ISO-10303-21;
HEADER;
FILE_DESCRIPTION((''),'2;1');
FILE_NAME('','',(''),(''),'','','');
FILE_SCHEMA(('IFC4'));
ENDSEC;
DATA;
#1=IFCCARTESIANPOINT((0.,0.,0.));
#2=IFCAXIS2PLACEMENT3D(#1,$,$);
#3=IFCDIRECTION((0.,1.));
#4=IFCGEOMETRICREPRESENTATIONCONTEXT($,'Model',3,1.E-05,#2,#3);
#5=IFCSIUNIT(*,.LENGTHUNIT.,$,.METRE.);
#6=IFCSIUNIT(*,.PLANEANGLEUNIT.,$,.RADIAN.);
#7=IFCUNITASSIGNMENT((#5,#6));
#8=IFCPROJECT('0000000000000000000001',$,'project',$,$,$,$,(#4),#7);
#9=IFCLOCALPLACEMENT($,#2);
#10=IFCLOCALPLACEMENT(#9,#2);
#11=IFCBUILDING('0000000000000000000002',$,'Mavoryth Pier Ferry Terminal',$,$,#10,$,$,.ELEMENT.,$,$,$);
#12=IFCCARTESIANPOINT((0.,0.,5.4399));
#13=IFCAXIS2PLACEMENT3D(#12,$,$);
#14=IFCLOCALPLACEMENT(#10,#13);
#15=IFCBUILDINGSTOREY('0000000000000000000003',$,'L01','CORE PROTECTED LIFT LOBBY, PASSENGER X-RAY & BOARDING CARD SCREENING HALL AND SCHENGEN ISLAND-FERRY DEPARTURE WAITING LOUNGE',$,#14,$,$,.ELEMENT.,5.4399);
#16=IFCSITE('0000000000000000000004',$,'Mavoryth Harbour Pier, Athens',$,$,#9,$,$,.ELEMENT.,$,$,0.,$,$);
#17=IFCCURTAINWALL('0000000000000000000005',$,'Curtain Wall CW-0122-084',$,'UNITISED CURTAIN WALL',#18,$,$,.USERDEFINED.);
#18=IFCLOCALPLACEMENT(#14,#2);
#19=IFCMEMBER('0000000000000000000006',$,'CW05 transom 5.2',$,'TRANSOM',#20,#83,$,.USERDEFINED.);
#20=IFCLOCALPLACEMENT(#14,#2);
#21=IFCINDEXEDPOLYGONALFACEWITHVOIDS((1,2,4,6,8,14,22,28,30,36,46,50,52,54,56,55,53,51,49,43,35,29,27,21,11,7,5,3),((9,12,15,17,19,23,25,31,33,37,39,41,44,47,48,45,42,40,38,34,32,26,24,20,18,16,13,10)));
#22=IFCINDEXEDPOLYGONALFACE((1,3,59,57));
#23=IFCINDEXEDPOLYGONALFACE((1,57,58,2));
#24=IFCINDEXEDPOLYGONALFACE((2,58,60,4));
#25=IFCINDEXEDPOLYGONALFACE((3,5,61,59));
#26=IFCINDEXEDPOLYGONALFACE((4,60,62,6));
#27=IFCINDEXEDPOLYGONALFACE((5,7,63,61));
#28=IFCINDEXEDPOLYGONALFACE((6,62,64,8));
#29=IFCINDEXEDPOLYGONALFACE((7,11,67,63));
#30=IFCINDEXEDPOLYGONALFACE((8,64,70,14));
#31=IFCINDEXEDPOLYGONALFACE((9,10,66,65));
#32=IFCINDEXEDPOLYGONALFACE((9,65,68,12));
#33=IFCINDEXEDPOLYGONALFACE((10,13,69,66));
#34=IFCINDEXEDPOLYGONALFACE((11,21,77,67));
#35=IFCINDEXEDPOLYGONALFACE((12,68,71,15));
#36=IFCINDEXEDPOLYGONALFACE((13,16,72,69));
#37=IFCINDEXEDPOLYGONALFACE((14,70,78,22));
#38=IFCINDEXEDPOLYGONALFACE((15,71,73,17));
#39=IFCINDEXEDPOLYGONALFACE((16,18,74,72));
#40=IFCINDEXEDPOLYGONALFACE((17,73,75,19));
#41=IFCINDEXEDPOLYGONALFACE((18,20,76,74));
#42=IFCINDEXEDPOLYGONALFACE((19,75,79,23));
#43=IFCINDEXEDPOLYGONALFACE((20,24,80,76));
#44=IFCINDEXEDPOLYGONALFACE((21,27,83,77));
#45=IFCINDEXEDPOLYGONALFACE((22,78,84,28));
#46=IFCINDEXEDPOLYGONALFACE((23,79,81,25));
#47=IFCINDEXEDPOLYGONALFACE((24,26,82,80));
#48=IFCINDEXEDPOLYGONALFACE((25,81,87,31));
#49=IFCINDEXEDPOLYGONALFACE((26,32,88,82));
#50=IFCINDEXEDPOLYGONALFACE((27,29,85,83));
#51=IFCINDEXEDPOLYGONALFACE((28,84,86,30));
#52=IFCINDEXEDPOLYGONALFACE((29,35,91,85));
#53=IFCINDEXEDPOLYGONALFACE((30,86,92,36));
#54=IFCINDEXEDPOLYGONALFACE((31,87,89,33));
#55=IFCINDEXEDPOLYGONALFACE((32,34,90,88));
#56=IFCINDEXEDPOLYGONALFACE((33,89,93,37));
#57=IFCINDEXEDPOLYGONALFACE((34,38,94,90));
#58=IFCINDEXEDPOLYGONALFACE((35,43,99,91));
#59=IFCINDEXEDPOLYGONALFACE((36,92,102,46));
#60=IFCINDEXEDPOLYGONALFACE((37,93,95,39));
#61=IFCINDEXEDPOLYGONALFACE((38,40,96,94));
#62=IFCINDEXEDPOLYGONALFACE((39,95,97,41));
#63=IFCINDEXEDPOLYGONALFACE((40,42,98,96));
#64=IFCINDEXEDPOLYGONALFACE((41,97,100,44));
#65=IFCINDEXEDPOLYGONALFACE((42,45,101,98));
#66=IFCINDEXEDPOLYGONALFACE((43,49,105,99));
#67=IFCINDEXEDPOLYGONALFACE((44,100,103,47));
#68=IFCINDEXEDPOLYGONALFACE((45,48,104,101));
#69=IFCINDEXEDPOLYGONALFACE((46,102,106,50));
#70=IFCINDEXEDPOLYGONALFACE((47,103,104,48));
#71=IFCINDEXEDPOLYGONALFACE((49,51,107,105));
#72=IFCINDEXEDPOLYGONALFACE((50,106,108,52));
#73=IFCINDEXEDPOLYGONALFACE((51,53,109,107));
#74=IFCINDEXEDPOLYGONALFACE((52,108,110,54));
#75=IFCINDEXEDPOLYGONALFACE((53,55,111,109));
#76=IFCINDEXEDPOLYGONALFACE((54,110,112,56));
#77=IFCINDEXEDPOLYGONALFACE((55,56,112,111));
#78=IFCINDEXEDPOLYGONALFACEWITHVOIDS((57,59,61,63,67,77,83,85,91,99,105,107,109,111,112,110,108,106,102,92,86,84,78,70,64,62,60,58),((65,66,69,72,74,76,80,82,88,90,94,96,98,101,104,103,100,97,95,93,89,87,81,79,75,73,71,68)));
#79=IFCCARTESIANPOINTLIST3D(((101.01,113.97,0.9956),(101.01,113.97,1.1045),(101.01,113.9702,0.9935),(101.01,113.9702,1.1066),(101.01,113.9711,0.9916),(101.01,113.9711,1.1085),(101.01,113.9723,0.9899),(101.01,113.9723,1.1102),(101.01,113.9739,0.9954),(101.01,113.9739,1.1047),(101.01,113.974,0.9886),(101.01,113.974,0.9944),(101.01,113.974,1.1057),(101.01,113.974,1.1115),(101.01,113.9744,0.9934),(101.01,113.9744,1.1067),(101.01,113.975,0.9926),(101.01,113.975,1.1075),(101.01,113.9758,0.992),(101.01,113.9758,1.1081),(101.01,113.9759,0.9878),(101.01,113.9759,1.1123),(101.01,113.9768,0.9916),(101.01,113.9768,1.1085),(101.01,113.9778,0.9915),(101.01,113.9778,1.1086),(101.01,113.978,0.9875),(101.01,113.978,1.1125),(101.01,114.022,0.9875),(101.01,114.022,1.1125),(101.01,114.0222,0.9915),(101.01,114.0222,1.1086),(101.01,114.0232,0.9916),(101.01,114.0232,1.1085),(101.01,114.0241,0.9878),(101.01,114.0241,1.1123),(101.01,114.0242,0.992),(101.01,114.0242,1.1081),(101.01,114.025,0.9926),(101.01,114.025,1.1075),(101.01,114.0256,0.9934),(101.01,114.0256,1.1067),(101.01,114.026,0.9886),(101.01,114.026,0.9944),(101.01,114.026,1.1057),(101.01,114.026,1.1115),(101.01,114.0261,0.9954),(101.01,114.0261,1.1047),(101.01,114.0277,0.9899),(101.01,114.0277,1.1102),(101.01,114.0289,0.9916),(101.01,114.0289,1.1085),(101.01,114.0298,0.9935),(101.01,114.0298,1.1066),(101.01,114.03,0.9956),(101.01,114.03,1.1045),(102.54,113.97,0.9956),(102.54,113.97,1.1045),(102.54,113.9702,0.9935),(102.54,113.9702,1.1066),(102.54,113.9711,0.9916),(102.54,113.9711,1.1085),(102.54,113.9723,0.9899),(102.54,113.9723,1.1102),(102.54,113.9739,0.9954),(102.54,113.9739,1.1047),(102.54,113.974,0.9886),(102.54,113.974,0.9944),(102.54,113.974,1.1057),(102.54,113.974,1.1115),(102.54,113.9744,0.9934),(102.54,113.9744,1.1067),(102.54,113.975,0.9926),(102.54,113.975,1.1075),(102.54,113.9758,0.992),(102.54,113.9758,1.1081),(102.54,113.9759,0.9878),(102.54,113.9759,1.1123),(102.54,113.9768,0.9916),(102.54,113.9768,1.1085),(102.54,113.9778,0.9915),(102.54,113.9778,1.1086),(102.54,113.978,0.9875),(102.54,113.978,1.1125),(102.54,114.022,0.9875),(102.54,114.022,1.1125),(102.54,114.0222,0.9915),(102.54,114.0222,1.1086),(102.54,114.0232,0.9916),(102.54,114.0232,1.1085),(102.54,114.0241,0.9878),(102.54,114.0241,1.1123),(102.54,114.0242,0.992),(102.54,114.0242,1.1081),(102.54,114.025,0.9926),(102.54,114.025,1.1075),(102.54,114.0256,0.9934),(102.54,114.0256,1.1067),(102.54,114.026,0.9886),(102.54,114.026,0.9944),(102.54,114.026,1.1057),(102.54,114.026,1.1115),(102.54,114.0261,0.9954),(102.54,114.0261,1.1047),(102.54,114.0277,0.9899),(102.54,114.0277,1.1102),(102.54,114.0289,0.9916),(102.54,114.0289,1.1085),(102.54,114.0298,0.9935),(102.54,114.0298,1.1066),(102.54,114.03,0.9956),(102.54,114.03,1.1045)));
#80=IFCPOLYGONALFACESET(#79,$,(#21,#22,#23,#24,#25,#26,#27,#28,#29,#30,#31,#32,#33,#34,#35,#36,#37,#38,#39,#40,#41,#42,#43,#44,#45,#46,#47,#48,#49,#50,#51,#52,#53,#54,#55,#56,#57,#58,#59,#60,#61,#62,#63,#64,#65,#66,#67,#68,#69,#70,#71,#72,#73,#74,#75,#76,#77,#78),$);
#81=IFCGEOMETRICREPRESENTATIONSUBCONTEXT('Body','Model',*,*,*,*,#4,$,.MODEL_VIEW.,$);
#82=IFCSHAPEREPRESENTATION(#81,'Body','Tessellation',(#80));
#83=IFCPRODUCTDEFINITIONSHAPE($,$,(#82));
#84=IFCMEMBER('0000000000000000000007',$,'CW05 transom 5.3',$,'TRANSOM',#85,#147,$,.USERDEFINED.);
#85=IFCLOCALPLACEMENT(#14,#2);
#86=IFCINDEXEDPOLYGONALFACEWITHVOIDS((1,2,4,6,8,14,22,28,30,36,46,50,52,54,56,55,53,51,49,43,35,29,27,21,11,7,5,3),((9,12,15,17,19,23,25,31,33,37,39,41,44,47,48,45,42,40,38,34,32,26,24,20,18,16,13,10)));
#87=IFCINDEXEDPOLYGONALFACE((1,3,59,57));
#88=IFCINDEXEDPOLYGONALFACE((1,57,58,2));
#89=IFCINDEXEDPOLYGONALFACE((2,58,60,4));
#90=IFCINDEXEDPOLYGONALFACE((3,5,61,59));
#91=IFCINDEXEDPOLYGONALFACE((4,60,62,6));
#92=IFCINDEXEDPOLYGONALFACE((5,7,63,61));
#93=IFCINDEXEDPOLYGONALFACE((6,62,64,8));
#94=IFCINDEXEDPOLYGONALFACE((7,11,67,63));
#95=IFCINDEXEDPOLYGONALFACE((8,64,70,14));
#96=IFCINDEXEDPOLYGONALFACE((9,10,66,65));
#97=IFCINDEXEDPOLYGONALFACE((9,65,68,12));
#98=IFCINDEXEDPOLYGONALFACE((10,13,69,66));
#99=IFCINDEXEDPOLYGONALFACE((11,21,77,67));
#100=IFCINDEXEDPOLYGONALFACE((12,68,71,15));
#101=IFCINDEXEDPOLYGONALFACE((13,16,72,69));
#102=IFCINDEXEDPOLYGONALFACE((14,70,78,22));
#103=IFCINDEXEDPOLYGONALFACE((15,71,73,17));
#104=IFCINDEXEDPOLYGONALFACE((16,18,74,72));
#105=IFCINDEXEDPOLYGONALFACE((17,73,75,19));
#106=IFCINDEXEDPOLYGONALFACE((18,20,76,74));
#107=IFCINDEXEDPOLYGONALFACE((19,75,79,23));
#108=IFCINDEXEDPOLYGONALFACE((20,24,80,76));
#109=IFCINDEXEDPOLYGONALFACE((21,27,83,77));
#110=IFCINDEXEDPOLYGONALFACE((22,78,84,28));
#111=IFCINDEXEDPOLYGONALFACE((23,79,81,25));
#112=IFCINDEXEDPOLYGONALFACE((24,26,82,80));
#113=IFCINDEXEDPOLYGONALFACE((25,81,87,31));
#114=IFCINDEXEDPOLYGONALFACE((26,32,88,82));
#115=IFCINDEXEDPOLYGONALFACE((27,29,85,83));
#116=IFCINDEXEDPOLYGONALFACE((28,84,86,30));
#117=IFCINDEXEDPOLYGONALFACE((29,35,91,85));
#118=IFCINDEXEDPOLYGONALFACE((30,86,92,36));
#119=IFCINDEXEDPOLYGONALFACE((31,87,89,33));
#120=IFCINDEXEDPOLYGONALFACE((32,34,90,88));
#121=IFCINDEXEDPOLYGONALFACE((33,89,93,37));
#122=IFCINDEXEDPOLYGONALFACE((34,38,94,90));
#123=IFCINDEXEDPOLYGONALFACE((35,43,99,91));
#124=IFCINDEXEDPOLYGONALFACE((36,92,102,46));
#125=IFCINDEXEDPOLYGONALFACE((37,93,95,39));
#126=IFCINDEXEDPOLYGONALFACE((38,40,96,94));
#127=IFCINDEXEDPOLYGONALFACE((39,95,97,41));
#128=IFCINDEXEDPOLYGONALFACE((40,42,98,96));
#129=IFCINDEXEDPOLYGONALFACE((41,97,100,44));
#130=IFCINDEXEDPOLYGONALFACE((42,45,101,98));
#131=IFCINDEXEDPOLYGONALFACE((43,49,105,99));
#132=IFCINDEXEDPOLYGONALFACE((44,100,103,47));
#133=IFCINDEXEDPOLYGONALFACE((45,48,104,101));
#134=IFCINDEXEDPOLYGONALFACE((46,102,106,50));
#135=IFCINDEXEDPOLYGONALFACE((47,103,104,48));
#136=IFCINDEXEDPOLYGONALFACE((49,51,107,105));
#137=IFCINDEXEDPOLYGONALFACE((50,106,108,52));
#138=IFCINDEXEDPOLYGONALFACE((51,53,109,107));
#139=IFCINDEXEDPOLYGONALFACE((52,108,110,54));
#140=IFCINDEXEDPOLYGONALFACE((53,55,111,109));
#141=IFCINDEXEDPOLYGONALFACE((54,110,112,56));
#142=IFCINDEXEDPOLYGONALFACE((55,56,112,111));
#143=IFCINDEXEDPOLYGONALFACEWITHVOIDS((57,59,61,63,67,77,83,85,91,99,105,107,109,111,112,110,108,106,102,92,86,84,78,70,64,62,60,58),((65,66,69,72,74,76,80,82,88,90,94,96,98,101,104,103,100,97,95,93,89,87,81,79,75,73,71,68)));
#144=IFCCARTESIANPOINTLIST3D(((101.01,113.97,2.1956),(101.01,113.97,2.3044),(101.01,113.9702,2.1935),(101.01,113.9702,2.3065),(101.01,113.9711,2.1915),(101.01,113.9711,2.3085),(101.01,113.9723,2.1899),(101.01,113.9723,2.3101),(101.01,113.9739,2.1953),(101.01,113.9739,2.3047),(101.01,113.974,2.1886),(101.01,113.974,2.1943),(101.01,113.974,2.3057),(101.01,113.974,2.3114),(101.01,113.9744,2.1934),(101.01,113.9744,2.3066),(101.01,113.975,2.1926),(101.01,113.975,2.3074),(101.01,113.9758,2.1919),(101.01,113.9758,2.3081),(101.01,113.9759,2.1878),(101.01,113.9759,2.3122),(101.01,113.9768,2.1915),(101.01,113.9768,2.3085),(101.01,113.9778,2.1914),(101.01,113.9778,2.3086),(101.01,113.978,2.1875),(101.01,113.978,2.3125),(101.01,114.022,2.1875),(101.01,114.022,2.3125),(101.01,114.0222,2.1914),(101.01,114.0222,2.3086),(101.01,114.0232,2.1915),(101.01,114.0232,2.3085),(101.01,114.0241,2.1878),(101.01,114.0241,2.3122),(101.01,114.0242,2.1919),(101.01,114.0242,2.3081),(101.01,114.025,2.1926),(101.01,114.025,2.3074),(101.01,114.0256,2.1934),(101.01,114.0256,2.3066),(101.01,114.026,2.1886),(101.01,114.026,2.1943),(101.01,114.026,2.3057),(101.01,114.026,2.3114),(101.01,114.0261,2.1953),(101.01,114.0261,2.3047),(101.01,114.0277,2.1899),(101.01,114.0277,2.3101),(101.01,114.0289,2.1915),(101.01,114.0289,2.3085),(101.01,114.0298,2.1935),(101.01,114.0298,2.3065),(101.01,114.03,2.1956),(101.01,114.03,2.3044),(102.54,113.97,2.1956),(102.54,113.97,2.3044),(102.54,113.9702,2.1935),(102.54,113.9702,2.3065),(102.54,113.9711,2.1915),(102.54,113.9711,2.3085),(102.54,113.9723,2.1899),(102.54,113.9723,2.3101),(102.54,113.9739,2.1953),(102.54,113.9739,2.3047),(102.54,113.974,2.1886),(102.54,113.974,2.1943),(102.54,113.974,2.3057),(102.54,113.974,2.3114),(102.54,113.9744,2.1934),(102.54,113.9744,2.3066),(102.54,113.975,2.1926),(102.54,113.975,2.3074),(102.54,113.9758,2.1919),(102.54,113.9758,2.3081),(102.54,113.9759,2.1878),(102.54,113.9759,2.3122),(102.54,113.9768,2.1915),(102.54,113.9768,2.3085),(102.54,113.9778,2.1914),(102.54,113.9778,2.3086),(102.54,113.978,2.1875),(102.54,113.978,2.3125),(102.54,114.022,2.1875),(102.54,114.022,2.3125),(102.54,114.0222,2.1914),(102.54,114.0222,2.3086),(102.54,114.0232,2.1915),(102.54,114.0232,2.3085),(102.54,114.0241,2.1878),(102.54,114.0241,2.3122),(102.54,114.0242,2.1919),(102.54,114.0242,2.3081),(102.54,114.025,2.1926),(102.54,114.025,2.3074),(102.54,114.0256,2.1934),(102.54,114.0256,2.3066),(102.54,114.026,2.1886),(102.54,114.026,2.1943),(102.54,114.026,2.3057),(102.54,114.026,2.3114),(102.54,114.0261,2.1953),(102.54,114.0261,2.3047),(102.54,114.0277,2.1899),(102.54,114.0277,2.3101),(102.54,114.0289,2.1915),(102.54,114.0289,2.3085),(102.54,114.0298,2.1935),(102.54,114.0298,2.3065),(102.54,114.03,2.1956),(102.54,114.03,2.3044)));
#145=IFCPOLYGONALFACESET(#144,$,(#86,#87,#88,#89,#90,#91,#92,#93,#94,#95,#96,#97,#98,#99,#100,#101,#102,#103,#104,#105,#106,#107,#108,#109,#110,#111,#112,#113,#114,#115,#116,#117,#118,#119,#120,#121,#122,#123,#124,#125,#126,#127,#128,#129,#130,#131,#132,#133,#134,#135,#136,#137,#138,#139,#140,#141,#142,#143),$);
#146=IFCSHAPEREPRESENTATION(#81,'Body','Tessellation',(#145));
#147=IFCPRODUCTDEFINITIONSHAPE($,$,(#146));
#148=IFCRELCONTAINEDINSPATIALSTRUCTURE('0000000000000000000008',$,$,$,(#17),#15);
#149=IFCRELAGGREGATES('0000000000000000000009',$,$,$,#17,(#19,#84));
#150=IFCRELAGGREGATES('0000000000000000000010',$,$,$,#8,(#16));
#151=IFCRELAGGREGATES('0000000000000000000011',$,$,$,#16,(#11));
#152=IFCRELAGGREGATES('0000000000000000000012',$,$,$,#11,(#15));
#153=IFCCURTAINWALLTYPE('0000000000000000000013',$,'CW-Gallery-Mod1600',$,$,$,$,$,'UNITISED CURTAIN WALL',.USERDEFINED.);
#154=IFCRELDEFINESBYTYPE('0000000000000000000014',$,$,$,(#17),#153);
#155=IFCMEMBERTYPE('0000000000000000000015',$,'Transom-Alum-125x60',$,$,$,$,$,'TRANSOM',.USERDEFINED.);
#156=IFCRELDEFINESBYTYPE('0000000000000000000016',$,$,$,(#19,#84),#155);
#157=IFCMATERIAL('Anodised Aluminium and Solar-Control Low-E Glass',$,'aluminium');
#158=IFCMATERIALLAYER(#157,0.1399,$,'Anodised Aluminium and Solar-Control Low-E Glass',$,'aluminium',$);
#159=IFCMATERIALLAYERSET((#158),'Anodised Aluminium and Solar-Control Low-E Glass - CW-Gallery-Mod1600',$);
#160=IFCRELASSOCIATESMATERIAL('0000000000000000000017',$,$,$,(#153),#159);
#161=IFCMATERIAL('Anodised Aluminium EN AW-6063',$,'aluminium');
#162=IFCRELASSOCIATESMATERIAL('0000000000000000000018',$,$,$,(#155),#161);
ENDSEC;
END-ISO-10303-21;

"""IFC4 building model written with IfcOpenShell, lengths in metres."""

from ifc_helpers import new_model, si_unit, direction, frame, origin, origin_2d, place, context, subcontext, project, spatial, hollow_rectangle, extrude, material, layer, layer_set, material_profile, profile_set, type_object, element, aggregate, save


model = new_model("IFC4")

# Units and contexts
model_context = context("Model", 3, precision=1e-05, world=origin(), true_north=direction((0.0, 1.0)))
body_context = subcontext(model_context, "Body", "Model", "MODEL_VIEW")
ifc_project = project(units=[si_unit("LENGTHUNIT", "METRE"), si_unit("PLANEANGLEUNIT", "RADIAN")], contexts=[model_context])

# Site, building, storey
site_placement = place(None, origin())
site = spatial("IfcSite", under=ifc_project, at=site_placement, Name="Mavoryth Harbour Pier, Athens", CompositionType="ELEMENT", RefElevation=0.0)
building_placement = place(site_placement, origin())
building = spatial("IfcBuilding", under=site, at=building_placement, Name="Mavoryth Pier Ferry Terminal", CompositionType="ELEMENT")
storey_placement = place(building_placement, frame((0.0, 0.0, 5.4399)))
storey = spatial("IfcBuildingStorey", under=building, at=storey_placement, Name="L01", Description="CORE PROTECTED LIFT LOBBY, PASSENGER X-RAY & BOARDING CARD SCREENING HALL AND SCHENGEN ISLAND-FERRY DEPARTURE WAITING LOUNGE", CompositionType="ELEMENT", Elevation=5.4399)

# Curtain wall
ifc_material_1 = material(Name="Anodised Aluminium and Solar-Control Low-E Glass", Category="aluminium")
ifc_layer_1 = layer(ifc_material_1, 0.1399, Name="Anodised Aluminium and Solar-Control Low-E Glass", Category="aluminium")
ifc_layer_set_1 = layer_set([ifc_layer_1], Name="Anodised Aluminium and Solar-Control Low-E Glass - CW-Gallery-Mod1600")
curtain_wall_type = type_object("IfcCurtainWallType", Name="CW-Gallery-Mod1600", ElementType="UNITISED CURTAIN WALL", PredefinedType="USERDEFINED", material=ifc_layer_set_1)
curtain_wall_placement = place(storey_placement, origin())
curtain_wall = element("IfcCurtainWall", 1, at=curtain_wall_placement, inside=storey, type_object=curtain_wall_type, Name="Curtain Wall CW-0122-084", ObjectType="UNITISED CURTAIN WALL", PredefinedType="USERDEFINED")
ifc_material_2 = material(Name="Anodised Aluminium EN AW-6063", Category="aluminium")

# Members
ifc_material_profile_1 = material_profile(ifc_material_2, hollow_rectangle(XDim=0.0601, YDim=0.125, WallThickness=0.0039, InnerFilletRadius=0.0039, OuterFilletRadius=0.0081, at=origin_2d()), Name="AL-TRAN 125x60x4", Category="aluminium")
ifc_profile_set_1 = profile_set([ifc_material_profile_1], Name="Anodised Aluminium EN AW-6063 - AL-TRAN 125x60x4")
member_type_1 = type_object("IfcMemberType", Name="Transom-Alum-125x60", ElementType="TRANSOM", PredefinedType="USERDEFINED", material=ifc_profile_set_1)
member_1_placement = place(storey_placement, frame((102.54, 114.0, 1.05), z_axis=(-1.0, 0.0, 0.0), x_axis=(0.0, -1.0, 0.0)))
member_1 = element("IfcMember", 2, at=member_1_placement, type_object=member_type_1, Name="CW05 transom 5.2", ObjectType="TRANSOM", PredefinedType="USERDEFINED", context=body_context, shape_type="SweptSolid", body=[
    extrude(hollow_rectangle(XDim=0.0601, YDim=0.125, WallThickness=0.0039, InnerFilletRadius=0.0039, OuterFilletRadius=0.0081, at=origin_2d()), origin(), (0.0, 0.0, 1.0), 1.53),
])
member_2_placement = place(storey_placement, frame((102.54, 114.0, 2.25), z_axis=(-1.0, 0.0, 0.0), x_axis=(0.0, -1.0, 0.0)))
member_2 = element("IfcMember", 3, at=member_2_placement, type_object=member_type_1, Name="CW05 transom 5.3", ObjectType="TRANSOM", PredefinedType="USERDEFINED", context=body_context, shape_type="SweptSolid", body=[
    extrude(hollow_rectangle(XDim=0.0601, YDim=0.125, WallThickness=0.0039, InnerFilletRadius=0.0039, OuterFilletRadius=0.0081, at=origin_2d()), origin(), (0.0, 0.0, 1.0), 1.53),
])

aggregate(curtain_wall, [member_1, member_2])

save(model, "model.ifc")
